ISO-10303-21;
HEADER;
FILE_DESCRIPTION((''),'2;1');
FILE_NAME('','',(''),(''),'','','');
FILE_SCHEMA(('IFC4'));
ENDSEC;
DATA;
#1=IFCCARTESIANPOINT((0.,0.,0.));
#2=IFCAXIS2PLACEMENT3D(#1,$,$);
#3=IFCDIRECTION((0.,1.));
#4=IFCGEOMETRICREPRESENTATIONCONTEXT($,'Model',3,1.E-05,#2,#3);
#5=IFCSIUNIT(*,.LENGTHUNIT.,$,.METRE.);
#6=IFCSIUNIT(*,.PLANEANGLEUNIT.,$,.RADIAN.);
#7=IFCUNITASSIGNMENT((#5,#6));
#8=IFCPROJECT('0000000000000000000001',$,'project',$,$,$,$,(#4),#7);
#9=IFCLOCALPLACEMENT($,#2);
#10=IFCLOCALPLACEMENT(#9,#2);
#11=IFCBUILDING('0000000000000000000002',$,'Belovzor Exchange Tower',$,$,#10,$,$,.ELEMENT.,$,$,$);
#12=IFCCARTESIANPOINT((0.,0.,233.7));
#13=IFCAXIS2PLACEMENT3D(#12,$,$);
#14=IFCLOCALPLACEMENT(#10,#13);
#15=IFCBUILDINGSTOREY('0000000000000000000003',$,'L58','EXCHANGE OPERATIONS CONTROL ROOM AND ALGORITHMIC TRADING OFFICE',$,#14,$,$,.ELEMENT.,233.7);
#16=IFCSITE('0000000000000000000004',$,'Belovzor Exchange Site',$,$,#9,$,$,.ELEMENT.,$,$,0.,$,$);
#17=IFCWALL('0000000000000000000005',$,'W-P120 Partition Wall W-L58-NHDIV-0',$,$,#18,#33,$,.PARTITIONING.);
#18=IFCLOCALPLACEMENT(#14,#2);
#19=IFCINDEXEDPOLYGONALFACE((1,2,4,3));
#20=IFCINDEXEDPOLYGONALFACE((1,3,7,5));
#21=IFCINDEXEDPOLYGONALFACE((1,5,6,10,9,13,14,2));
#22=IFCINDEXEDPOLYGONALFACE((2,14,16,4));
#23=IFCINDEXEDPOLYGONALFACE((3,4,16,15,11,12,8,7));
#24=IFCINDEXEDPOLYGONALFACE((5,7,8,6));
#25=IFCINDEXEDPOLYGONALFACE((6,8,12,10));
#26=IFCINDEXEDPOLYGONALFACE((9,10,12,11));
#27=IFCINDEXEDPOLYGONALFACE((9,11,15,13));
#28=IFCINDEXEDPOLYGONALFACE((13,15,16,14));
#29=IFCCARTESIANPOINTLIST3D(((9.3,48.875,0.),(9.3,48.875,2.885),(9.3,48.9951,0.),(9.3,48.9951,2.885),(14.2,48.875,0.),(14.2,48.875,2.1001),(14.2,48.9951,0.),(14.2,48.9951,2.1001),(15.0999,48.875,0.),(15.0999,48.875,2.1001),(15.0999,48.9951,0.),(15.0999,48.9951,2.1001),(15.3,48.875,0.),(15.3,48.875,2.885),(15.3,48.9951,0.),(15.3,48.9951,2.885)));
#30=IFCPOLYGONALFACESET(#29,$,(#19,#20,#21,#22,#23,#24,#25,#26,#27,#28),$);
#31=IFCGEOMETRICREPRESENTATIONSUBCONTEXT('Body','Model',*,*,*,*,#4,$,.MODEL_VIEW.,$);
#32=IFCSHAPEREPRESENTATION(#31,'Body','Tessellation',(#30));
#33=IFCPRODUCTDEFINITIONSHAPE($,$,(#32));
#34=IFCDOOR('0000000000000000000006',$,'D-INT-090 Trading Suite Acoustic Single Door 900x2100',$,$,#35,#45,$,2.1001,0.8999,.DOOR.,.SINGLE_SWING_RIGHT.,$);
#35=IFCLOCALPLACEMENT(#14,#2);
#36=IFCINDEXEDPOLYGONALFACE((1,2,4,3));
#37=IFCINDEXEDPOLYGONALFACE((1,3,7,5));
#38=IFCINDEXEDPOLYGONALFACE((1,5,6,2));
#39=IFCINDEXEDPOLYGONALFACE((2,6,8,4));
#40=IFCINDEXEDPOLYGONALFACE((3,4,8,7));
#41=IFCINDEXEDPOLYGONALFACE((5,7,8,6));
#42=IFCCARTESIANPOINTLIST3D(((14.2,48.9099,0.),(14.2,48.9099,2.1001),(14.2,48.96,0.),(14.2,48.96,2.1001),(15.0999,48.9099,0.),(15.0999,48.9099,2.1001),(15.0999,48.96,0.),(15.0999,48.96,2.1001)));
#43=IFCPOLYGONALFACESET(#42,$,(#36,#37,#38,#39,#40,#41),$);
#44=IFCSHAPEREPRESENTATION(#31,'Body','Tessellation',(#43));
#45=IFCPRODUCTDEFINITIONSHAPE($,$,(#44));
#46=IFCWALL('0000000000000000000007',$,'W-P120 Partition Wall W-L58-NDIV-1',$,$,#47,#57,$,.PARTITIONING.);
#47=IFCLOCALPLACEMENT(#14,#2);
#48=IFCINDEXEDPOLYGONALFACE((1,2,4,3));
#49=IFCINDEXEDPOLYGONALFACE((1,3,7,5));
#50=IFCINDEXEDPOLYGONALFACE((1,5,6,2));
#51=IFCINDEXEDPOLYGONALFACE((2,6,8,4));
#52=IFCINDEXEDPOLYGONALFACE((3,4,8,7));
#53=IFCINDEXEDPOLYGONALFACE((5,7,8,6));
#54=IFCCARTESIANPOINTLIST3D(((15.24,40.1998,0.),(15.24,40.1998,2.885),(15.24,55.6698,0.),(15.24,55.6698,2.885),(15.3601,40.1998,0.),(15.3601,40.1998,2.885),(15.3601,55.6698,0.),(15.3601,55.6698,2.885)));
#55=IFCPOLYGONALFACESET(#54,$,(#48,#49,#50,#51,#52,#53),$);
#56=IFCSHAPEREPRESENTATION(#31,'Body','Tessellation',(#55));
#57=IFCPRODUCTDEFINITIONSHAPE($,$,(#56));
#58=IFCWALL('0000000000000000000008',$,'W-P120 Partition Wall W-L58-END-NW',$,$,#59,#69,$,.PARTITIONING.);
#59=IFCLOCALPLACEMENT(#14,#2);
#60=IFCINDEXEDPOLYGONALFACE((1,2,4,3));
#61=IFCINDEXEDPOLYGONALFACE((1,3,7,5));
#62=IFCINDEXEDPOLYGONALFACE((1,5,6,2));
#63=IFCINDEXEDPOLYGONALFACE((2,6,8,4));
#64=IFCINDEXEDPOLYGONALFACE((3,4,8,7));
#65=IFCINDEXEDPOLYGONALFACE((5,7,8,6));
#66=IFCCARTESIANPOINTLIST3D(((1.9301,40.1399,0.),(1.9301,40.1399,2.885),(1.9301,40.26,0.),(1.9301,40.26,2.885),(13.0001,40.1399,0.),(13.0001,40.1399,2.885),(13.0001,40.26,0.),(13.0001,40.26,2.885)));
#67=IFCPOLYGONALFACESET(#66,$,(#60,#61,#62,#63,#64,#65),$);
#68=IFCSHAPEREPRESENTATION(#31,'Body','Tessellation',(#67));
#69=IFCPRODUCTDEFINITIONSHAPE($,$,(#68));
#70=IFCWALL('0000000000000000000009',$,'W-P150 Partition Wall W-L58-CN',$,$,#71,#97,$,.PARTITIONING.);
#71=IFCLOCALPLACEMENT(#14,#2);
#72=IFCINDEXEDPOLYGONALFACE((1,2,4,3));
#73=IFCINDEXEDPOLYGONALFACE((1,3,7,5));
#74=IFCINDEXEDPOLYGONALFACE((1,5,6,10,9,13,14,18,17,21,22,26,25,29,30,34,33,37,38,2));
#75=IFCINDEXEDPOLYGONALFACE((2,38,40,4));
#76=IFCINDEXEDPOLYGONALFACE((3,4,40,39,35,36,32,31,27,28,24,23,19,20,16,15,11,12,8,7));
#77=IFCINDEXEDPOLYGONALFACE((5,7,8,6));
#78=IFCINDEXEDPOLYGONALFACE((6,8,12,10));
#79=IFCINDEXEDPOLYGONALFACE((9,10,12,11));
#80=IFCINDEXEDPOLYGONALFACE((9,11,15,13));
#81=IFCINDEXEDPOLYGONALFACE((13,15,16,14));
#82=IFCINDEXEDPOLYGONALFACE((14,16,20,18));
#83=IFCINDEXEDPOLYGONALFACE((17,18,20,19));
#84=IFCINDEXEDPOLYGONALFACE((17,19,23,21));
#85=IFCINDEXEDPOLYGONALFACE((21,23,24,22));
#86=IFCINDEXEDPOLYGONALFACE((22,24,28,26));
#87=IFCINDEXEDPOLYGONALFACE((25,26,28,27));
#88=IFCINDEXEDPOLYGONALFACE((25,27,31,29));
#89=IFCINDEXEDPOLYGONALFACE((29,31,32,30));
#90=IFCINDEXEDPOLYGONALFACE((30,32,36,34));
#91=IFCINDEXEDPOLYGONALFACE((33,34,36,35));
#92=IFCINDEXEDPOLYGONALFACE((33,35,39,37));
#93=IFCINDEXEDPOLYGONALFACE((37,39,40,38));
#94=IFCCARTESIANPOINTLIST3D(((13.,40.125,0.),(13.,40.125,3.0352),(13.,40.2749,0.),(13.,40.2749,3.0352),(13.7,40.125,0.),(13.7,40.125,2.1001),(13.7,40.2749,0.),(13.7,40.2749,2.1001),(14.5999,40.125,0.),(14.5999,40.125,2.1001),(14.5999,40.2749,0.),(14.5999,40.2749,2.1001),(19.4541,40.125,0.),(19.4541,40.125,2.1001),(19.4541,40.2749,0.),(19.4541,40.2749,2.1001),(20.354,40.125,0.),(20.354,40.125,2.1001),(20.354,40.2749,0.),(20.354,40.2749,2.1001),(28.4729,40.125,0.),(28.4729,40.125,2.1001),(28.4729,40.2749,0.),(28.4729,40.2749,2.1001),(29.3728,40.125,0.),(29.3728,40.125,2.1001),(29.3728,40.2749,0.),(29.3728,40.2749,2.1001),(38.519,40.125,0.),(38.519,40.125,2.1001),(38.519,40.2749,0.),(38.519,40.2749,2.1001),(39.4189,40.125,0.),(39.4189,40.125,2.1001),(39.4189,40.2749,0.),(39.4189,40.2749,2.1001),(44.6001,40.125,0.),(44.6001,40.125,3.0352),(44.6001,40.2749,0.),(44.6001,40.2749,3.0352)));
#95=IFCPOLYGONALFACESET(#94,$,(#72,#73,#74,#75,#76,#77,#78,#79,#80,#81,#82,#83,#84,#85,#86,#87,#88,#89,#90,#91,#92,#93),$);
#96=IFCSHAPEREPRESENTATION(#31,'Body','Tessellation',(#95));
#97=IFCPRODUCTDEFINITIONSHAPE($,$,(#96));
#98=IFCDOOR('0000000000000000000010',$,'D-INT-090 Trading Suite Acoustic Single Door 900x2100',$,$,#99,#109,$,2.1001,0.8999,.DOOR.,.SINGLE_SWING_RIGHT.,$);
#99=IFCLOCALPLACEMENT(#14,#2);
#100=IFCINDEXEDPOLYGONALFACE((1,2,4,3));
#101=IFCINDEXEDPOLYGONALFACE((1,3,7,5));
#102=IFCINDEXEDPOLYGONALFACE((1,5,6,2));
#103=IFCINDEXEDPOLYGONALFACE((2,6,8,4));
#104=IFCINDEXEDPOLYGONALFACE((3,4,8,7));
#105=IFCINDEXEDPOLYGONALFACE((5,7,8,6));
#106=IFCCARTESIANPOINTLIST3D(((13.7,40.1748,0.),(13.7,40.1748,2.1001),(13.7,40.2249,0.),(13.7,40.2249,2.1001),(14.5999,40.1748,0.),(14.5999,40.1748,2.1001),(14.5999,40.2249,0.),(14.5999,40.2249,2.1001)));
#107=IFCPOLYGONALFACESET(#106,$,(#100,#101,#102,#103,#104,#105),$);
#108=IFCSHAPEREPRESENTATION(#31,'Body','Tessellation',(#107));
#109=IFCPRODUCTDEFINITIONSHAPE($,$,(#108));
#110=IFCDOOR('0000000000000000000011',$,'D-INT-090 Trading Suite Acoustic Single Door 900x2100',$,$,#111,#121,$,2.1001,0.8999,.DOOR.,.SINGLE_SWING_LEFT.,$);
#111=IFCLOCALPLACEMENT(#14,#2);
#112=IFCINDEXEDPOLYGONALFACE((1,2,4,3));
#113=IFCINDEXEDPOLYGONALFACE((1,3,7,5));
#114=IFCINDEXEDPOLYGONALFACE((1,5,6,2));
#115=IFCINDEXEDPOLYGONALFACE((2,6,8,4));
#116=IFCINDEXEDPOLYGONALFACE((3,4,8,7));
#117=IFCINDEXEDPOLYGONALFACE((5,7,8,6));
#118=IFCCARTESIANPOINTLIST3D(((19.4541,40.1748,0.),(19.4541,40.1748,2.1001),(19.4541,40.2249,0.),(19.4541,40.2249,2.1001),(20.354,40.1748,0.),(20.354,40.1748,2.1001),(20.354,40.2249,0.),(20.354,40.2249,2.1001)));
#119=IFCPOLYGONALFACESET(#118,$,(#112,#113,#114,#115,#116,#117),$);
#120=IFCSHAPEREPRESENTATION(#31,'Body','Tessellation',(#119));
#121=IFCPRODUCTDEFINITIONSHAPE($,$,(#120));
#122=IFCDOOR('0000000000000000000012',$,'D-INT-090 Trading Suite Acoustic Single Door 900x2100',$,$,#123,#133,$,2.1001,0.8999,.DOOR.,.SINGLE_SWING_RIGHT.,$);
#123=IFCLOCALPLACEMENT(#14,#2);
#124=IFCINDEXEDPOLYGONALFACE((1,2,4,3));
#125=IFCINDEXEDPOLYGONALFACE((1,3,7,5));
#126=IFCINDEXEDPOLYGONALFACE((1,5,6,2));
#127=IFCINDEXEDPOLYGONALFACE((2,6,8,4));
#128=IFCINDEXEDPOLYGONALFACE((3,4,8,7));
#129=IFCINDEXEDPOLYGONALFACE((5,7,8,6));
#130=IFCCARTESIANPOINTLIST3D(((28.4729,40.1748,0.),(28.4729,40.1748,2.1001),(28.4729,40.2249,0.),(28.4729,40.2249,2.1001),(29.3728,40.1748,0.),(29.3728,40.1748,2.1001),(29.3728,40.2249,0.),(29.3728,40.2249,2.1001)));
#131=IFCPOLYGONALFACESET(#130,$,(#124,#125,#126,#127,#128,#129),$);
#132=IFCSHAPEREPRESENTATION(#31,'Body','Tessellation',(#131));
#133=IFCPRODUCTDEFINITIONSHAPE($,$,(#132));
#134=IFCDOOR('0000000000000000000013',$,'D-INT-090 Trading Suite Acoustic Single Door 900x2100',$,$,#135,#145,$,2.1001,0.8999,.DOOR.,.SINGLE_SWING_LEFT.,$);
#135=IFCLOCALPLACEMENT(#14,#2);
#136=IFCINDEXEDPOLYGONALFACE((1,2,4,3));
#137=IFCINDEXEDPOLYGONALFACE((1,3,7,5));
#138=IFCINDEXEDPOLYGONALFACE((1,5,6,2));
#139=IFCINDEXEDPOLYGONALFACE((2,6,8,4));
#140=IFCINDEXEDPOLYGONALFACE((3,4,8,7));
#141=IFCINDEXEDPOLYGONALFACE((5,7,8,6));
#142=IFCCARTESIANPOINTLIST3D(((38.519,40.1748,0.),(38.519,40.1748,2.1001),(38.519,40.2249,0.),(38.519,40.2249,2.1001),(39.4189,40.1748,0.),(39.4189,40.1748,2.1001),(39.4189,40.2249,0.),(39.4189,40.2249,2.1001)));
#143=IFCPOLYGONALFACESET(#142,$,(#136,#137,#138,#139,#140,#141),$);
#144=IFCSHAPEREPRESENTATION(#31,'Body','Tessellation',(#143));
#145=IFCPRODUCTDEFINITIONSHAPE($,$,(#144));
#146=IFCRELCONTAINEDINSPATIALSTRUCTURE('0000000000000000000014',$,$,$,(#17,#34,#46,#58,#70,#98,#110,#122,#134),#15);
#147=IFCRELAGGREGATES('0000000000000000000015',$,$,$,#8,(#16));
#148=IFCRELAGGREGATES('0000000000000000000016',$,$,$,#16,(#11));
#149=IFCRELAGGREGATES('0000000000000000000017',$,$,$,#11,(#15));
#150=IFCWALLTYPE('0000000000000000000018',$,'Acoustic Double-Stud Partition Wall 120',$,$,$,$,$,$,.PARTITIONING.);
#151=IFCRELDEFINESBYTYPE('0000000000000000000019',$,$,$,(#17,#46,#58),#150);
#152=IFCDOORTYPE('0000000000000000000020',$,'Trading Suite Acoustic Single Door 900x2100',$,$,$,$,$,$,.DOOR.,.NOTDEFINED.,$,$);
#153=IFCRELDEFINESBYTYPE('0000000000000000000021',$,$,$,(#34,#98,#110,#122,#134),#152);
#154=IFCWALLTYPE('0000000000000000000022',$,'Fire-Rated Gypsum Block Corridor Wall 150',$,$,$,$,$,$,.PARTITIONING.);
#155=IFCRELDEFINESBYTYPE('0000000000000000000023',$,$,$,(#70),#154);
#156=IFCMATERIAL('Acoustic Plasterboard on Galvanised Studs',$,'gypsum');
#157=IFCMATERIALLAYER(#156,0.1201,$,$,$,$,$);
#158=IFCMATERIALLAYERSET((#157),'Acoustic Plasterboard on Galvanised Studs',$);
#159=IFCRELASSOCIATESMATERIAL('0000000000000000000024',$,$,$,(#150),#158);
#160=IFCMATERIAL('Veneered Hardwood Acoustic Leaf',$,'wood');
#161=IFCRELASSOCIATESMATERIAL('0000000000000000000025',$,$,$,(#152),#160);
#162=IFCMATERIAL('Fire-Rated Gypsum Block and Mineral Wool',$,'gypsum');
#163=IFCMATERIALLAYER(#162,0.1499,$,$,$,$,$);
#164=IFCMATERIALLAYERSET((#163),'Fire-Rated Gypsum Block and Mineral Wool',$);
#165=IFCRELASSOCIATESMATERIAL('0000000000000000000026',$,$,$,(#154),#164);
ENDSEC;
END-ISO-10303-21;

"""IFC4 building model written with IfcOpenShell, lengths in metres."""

from ifc_helpers import new_model, si_unit, direction, frame, frame_2d, origin, place, context, subcontext, project, spatial, rectangle, extrude, material, layer, layer_set, type_object, element, fill, save


model = new_model("IFC4")

# Units and contexts
model_context = context("Model", 3, precision=1e-05, world=origin(), true_north=direction((0.0, 1.0)))
body_context = subcontext(model_context, "Body", "Model", "MODEL_VIEW")
ifc_project = project(units=[si_unit("LENGTHUNIT", "METRE"), si_unit("PLANEANGLEUNIT", "RADIAN")], contexts=[model_context])

# Site, building, storey
site_placement = place(None, origin())
site = spatial("IfcSite", under=ifc_project, at=site_placement, Name="Belovzor Exchange Site", CompositionType="ELEMENT", RefElevation=0.0)
building_placement = place(site_placement, origin())
building = spatial("IfcBuilding", under=site, at=building_placement, Name="Belovzor Exchange Tower", CompositionType="ELEMENT")
storey_placement = place(building_placement, frame((0.0, 0.0, 233.7)))
storey = spatial("IfcBuildingStorey", under=building, at=storey_placement, Name="L58", Description="EXCHANGE OPERATIONS CONTROL ROOM AND ALGORITHMIC TRADING OFFICE", CompositionType="ELEMENT", Elevation=233.7)

# Wall, opening, door
ifc_material_1 = material(Name="Acoustic Plasterboard on Galvanised Studs", Category="gypsum")
ifc_layer_1 = layer(ifc_material_1, 0.1201)
ifc_layer_set_1 = layer_set([ifc_layer_1], Name="Acoustic Plasterboard on Galvanised Studs")
wall_type_1 = type_object("IfcWallType", Name="Acoustic Double-Stud Partition Wall 120", PredefinedType="PARTITIONING", material=ifc_layer_set_1)
wall_1_placement = place(storey_placement, frame((9.3, 48.9351, 0.0), z_axis=(0.0, 0.0, 1.0), x_axis=(1.0, 0.0, 0.0)))
wall_1 = element("IfcWall", 1, at=wall_1_placement, inside=storey, type_object=wall_type_1, Name="W-P120 Partition Wall W-L58-NHDIV-0", PredefinedType="PARTITIONING", context=body_context, shape_type="SweptSolid", body=[
    extrude(rectangle(XDim=6.0, YDim=0.1201, at=frame_2d((3.0, 0.0))), origin(), (0.0, 0.0, 1.0), 2.885),
])
opening_1_placement = place(wall_1_placement, frame((4.8999, 0.0, 0.0)))
opening_1 = element("IfcOpeningElement", 2, at=opening_1_placement, cuts=wall_1, PredefinedType="OPENING", context=body_context, shape_type="SweptSolid", body=[
    extrude(rectangle(XDim=0.8999, YDim=2.1001, at=frame_2d((0.45, 1.05))), frame((0.0, 0.0701, 0.0), z_axis=(0.0, -1.0, 0.0), x_axis=(1.0, 0.0, 0.0)), (0.0, 0.0, 1.0), 0.1401),
])
ifc_material_2 = material(Name="Veneered Hardwood Acoustic Leaf", Category="wood")
door_type_1 = type_object("IfcDoorType", Name="Trading Suite Acoustic Single Door 900x2100", OperationType="NOTDEFINED", PredefinedType="DOOR", material=ifc_material_2)
door_1_placement = place(opening_1_placement, origin())
door_1 = element("IfcDoor", 3, at=door_1_placement, inside=storey, type_object=door_type_1, Name="D-INT-090 Trading Suite Acoustic Single Door 900x2100", OperationType="SINGLE_SWING_RIGHT", OverallHeight=2.1001, OverallWidth=0.8999, PredefinedType="DOOR", context=body_context, shape_type="SweptSolid", body=[
    extrude(rectangle(XDim=0.8999, YDim=2.1001, at=frame_2d((0.45, 1.05))), frame((0.0, 0.0249, 0.0), z_axis=(0.0, -1.0, 0.0), x_axis=(1.0, 0.0, 0.0)), (0.0, 0.0, 1.0), 0.05),
])
fill(opening_1, door_1)

# Walls
wall_2_placement = place(storey_placement, frame((15.3, 40.2, 0.0), z_axis=(0.0, 0.0, 1.0), x_axis=(0.0, 1.0, 0.0)))
element("IfcWall", 4, at=wall_2_placement, inside=storey, type_object=wall_type_1, Name="W-P120 Partition Wall W-L58-NDIV-1", PredefinedType="PARTITIONING", context=body_context, shape_type="SweptSolid", body=[
    extrude(rectangle(XDim=15.47, YDim=0.1201, at=frame_2d((7.7349, 0.0))), origin(), (0.0, 0.0, 1.0), 2.885),
])
wall_3_placement = place(storey_placement, frame((1.9299, 40.2, 0.0), z_axis=(0.0, 0.0, 1.0), x_axis=(1.0, 0.0, 0.0)))
element("IfcWall", 5, at=wall_3_placement, inside=storey, type_object=wall_type_1, Name="W-P120 Partition Wall W-L58-END-NW", PredefinedType="PARTITIONING", context=body_context, shape_type="SweptSolid", body=[
    extrude(rectangle(XDim=11.0701, YDim=0.1201, at=frame_2d((5.5352, 0.0))), origin(), (0.0, 0.0, 1.0), 2.885),
])

# Wall, openings, doors
ifc_material_3 = material(Name="Fire-Rated Gypsum Block and Mineral Wool", Category="gypsum")
ifc_layer_2 = layer(ifc_material_3, 0.1499)
ifc_layer_set_2 = layer_set([ifc_layer_2], Name="Fire-Rated Gypsum Block and Mineral Wool")
wall_type_2 = type_object("IfcWallType", Name="Fire-Rated Gypsum Block Corridor Wall 150", PredefinedType="PARTITIONING", material=ifc_layer_set_2)
wall_4_placement = place(storey_placement, frame((13.0, 40.2, 0.0), z_axis=(0.0, 0.0, 1.0), x_axis=(1.0, 0.0, 0.0)))
wall_4 = element("IfcWall", 6, at=wall_4_placement, inside=storey, type_object=wall_type_2, Name="W-P150 Partition Wall W-L58-CN", PredefinedType="PARTITIONING", context=body_context, shape_type="SweptSolid", body=[
    extrude(rectangle(XDim=31.6001, YDim=0.1499, at=frame_2d((15.8, 0.0))), origin(), (0.0, 0.0, 1.0), 3.0352),
])
opening_2_placement = place(wall_4_placement, frame((0.7, 0.0, 0.0)))
opening_2 = element("IfcOpeningElement", 7, at=opening_2_placement, cuts=wall_4, PredefinedType="OPENING", context=body_context, shape_type="SweptSolid", body=[
    extrude(rectangle(XDim=0.8999, YDim=2.1001, at=frame_2d((0.45, 1.05))), frame((0.0, 0.085, 0.0), z_axis=(0.0, -1.0, 0.0), x_axis=(1.0, 0.0, 0.0)), (0.0, 0.0, 1.0), 0.1699),
])
opening_3_placement = place(wall_4_placement, frame((6.4541, 0.0, 0.0)))
opening_3 = element("IfcOpeningElement", 8, at=opening_3_placement, cuts=wall_4, PredefinedType="OPENING", context=body_context, shape_type="SweptSolid", body=[
    extrude(rectangle(XDim=0.8999, YDim=2.1001, at=frame_2d((0.45, 1.05))), frame((0.0, 0.085, 0.0), z_axis=(0.0, -1.0, 0.0), x_axis=(1.0, 0.0, 0.0)), (0.0, 0.0, 1.0), 0.1699),
])
opening_4_placement = place(wall_4_placement, frame((15.4729, 0.0, 0.0)))
opening_4 = element("IfcOpeningElement", 9, at=opening_4_placement, cuts=wall_4, PredefinedType="OPENING", context=body_context, shape_type="SweptSolid", body=[
    extrude(rectangle(XDim=0.8999, YDim=2.1001, at=frame_2d((0.45, 1.05))), frame((0.0, 0.085, 0.0), z_axis=(0.0, -1.0, 0.0), x_axis=(1.0, 0.0, 0.0)), (0.0, 0.0, 1.0), 0.1699),
])
opening_5_placement = place(wall_4_placement, frame((25.519, 0.0, 0.0)))
opening_5 = element("IfcOpeningElement", 10, at=opening_5_placement, cuts=wall_4, PredefinedType="OPENING", context=body_context, shape_type="SweptSolid", body=[
    extrude(rectangle(XDim=0.8999, YDim=2.1001, at=frame_2d((0.45, 1.05))), frame((0.0, 0.085, 0.0), z_axis=(0.0, -1.0, 0.0), x_axis=(1.0, 0.0, 0.0)), (0.0, 0.0, 1.0), 0.1699),
])
door_2_placement = place(opening_2_placement, origin())
door_2 = element("IfcDoor", 11, at=door_2_placement, inside=storey, type_object=door_type_1, Name="D-INT-090 Trading Suite Acoustic Single Door 900x2100", OperationType="SINGLE_SWING_RIGHT", OverallHeight=2.1001, OverallWidth=0.8999, PredefinedType="DOOR", context=body_context, shape_type="SweptSolid", body=[
    extrude(rectangle(XDim=0.8999, YDim=2.1001, at=frame_2d((0.45, 1.05))), frame((0.0, 0.0249, 0.0), z_axis=(0.0, -1.0, 0.0), x_axis=(1.0, 0.0, 0.0)), (0.0, 0.0, 1.0), 0.05),
])
fill(opening_2, door_2)
door_3_placement = place(opening_3_placement, origin())
door_3 = element("IfcDoor", 12, at=door_3_placement, inside=storey, type_object=door_type_1, Name="D-INT-090 Trading Suite Acoustic Single Door 900x2100", OperationType="SINGLE_SWING_LEFT", OverallHeight=2.1001, OverallWidth=0.8999, PredefinedType="DOOR", context=body_context, shape_type="SweptSolid", body=[
    extrude(rectangle(XDim=0.8999, YDim=2.1001, at=frame_2d((0.45, 1.05))), frame((0.0, 0.0249, 0.0), z_axis=(0.0, -1.0, 0.0), x_axis=(1.0, 0.0, 0.0)), (0.0, 0.0, 1.0), 0.05),
])
fill(opening_3, door_3)
door_4_placement = place(opening_4_placement, origin())
door_4 = element("IfcDoor", 13, at=door_4_placement, inside=storey, type_object=door_type_1, Name="D-INT-090 Trading Suite Acoustic Single Door 900x2100", OperationType="SINGLE_SWING_RIGHT", OverallHeight=2.1001, OverallWidth=0.8999, PredefinedType="DOOR", context=body_context, shape_type="SweptSolid", body=[
    extrude(rectangle(XDim=0.8999, YDim=2.1001, at=frame_2d((0.45, 1.05))), frame((0.0, 0.0249, 0.0), z_axis=(0.0, -1.0, 0.0), x_axis=(1.0, 0.0, 0.0)), (0.0, 0.0, 1.0), 0.05),
])
fill(opening_4, door_4)
door_5_placement = place(opening_5_placement, origin())
door_5 = element("IfcDoor", 14, at=door_5_placement, inside=storey, type_object=door_type_1, Name="D-INT-090 Trading Suite Acoustic Single Door 900x2100", OperationType="SINGLE_SWING_LEFT", OverallHeight=2.1001, OverallWidth=0.8999, PredefinedType="DOOR", context=body_context, shape_type="SweptSolid", body=[
    extrude(rectangle(XDim=0.8999, YDim=2.1001, at=frame_2d((0.45, 1.05))), frame((0.0, 0.0249, 0.0), z_axis=(0.0, -1.0, 0.0), x_axis=(1.0, 0.0, 0.0)), (0.0, 0.0, 1.0), 0.05),
])
fill(opening_5, door_5)

save(model, "model.ifc")
